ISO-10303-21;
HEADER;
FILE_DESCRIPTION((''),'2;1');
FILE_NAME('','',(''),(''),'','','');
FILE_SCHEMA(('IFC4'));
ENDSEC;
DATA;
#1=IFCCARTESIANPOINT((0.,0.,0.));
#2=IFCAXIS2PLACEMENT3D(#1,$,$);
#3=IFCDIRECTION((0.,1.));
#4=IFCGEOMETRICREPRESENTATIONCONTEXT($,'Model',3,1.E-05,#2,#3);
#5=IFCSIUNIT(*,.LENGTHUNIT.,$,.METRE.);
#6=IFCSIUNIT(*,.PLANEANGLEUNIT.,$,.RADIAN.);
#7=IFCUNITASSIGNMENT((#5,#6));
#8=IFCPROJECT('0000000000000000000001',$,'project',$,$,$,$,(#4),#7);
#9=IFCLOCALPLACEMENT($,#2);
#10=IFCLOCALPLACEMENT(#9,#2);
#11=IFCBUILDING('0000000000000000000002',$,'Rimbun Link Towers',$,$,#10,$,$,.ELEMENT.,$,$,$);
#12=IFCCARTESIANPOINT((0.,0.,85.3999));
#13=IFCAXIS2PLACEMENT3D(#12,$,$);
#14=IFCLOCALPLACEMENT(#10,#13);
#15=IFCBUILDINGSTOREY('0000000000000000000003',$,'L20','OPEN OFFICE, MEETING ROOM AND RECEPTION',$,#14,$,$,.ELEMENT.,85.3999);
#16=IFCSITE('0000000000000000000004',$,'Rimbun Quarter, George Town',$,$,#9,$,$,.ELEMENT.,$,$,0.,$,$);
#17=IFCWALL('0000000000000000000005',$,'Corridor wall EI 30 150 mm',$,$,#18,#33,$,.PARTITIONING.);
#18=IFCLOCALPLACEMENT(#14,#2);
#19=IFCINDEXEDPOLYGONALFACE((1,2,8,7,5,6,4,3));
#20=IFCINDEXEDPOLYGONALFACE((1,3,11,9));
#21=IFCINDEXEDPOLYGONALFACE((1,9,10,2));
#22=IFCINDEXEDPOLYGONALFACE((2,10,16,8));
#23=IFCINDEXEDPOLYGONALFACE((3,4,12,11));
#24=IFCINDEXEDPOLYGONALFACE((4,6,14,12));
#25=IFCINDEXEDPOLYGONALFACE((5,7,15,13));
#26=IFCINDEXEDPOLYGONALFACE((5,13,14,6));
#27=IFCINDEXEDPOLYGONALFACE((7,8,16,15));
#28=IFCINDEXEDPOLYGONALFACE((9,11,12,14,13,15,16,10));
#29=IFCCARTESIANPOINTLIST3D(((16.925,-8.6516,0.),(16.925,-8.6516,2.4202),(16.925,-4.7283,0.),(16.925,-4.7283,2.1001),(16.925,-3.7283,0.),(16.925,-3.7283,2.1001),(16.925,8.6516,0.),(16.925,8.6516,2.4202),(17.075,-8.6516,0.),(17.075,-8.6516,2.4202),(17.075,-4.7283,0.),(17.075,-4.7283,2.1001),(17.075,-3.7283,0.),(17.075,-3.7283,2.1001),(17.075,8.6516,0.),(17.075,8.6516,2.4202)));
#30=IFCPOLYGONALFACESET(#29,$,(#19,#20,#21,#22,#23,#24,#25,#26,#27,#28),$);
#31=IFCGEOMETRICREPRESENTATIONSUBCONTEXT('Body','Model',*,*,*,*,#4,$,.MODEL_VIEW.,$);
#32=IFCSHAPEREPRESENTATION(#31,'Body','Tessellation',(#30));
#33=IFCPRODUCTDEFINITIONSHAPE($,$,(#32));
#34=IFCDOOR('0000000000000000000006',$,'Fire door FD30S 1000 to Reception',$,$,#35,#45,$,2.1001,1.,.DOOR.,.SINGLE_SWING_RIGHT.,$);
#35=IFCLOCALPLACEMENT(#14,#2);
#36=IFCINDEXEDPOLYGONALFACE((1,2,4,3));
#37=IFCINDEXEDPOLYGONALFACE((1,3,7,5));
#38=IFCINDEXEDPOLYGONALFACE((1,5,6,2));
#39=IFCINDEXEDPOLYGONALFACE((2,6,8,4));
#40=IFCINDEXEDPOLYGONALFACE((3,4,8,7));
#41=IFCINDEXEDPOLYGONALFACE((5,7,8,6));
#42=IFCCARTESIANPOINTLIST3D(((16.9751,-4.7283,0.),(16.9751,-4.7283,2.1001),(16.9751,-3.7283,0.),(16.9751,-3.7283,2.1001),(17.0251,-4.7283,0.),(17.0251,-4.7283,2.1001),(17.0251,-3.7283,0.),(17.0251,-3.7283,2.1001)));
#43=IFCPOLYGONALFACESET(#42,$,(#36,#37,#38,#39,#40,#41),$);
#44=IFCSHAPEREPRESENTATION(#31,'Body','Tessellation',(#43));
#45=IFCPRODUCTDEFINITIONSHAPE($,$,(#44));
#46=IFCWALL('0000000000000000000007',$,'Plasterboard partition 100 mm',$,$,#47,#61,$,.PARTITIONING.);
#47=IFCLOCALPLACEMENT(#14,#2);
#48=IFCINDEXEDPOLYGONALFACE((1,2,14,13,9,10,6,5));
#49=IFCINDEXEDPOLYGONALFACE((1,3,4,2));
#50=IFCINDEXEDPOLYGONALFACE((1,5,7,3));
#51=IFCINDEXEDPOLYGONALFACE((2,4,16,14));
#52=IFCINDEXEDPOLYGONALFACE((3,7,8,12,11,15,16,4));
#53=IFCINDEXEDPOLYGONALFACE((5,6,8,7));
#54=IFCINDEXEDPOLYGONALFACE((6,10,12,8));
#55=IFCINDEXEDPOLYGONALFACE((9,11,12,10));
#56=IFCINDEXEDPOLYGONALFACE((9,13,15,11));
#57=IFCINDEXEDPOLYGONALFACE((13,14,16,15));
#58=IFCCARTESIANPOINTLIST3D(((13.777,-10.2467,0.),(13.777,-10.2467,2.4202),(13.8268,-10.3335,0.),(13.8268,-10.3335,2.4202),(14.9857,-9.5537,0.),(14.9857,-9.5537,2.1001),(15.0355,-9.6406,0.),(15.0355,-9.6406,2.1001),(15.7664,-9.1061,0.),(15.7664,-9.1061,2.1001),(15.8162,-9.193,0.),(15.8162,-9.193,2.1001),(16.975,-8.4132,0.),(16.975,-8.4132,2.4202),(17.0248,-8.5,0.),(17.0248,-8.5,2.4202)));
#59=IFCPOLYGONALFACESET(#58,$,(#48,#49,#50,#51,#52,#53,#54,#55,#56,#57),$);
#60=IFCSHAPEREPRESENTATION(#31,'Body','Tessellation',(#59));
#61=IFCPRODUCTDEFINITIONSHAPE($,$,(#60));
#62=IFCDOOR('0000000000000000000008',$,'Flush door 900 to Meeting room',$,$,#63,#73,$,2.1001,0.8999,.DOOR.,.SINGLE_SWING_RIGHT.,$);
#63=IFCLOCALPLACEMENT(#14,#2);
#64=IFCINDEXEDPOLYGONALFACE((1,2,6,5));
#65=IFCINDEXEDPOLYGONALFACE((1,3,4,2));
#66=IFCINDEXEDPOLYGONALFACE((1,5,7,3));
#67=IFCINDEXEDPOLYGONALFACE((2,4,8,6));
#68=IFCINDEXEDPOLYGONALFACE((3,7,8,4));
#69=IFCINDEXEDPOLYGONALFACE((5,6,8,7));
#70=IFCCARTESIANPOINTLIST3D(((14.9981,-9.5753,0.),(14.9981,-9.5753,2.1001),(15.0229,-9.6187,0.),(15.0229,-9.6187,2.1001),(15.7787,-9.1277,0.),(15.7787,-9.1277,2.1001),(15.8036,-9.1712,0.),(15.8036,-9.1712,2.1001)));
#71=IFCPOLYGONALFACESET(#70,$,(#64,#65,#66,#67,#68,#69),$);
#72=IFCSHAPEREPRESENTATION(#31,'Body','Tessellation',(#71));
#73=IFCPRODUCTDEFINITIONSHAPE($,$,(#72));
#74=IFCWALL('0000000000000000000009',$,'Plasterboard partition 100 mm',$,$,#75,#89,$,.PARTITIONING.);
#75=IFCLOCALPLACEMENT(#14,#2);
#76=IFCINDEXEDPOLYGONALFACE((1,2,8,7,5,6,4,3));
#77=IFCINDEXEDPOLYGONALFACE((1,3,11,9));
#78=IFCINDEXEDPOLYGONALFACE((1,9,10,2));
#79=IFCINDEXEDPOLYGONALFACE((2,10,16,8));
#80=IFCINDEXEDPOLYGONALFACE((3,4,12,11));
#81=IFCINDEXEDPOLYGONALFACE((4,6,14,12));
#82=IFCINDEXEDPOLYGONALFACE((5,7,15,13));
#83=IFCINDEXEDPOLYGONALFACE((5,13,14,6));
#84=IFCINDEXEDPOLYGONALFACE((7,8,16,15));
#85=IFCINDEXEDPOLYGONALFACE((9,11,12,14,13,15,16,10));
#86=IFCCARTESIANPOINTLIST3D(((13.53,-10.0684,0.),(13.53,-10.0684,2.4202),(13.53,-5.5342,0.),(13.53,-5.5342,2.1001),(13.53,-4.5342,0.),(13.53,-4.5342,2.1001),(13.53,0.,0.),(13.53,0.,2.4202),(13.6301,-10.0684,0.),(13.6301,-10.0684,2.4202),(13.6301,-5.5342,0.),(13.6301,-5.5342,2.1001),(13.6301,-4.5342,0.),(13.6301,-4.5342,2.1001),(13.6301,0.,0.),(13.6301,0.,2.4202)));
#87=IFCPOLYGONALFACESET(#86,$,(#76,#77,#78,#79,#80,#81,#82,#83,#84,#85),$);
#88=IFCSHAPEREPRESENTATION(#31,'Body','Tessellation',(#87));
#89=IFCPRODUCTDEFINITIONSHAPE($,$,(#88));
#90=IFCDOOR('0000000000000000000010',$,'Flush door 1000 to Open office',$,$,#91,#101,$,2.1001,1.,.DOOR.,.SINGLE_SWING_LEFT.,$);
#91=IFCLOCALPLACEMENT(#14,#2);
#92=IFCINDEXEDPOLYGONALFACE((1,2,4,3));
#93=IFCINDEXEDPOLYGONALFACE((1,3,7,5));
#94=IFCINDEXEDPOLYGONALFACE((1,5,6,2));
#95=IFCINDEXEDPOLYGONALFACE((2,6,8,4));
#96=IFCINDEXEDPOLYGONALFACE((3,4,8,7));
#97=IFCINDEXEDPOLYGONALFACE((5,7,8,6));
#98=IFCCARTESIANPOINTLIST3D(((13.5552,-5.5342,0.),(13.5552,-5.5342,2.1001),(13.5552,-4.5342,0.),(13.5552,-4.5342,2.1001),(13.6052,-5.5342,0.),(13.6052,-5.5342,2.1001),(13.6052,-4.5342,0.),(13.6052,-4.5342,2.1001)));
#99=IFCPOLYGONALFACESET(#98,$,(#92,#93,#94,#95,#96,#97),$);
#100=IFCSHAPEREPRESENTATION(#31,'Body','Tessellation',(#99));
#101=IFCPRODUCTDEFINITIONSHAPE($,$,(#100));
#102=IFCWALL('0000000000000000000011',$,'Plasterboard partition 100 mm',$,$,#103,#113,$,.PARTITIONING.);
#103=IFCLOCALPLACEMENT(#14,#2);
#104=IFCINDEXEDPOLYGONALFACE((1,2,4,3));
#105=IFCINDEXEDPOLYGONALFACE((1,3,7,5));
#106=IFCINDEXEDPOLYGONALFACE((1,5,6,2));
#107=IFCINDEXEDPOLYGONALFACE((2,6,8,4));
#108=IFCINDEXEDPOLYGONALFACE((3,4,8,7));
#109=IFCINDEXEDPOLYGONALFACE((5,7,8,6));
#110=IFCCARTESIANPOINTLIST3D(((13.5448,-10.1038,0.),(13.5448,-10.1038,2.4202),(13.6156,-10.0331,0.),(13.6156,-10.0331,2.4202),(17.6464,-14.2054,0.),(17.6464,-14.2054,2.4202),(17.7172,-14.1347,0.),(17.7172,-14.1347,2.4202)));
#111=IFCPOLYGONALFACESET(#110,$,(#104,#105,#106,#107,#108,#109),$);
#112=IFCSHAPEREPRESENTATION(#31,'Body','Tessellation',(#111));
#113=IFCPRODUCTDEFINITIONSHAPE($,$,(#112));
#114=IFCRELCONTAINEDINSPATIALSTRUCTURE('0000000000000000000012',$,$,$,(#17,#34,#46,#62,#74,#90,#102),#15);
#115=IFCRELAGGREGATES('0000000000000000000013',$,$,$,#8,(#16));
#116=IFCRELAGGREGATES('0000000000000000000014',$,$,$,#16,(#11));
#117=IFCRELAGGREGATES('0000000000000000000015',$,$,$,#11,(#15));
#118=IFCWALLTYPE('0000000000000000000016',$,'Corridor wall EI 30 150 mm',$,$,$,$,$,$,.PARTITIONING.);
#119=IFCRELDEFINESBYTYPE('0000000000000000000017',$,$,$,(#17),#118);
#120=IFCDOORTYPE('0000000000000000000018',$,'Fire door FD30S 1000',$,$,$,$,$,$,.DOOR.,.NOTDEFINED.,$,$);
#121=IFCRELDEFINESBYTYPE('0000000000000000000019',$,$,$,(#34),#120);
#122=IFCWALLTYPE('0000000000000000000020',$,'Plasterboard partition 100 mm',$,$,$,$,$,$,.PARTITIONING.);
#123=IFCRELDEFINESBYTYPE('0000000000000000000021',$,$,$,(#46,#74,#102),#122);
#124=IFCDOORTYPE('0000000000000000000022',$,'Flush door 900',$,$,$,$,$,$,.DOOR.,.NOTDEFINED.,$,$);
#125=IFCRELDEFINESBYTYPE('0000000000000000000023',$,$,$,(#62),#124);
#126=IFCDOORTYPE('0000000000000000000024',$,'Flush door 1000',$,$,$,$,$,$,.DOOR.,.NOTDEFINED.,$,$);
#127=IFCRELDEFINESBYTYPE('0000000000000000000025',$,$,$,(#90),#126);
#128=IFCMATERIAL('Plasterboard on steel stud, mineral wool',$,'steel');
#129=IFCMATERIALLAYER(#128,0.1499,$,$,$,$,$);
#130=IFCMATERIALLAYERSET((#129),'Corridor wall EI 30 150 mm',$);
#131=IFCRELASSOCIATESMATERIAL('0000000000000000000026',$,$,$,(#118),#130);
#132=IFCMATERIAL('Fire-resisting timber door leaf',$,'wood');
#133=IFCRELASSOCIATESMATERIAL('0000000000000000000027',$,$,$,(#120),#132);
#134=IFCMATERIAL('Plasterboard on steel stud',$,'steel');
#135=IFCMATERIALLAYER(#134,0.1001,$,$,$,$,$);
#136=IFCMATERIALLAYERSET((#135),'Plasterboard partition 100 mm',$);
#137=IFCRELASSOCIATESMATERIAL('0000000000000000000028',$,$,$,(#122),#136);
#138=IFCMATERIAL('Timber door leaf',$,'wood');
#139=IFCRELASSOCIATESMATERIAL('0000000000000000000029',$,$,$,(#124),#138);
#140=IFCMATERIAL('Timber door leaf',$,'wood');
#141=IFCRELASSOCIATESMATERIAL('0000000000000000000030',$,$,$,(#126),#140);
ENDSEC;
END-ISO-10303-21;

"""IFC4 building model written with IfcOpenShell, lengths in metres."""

from ifc_helpers import new_model, si_unit, direction, frame, frame_2d, origin, place, context, subcontext, project, spatial, rectangle, extrude, material, layer, layer_set, type_object, element, fill, save


model = new_model("IFC4")

# Units and contexts
model_context = context("Model", 3, precision=1e-05, world=origin(), true_north=direction((0.0, 1.0)))
body_context = subcontext(model_context, "Body", "Model", "MODEL_VIEW")
ifc_project = project(units=[si_unit("LENGTHUNIT", "METRE"), si_unit("PLANEANGLEUNIT", "RADIAN")], contexts=[model_context])

# Site, building, storey
site_placement = place(None, origin())
site = spatial("IfcSite", under=ifc_project, at=site_placement, Name="Rimbun Quarter, George Town", CompositionType="ELEMENT", RefElevation=0.0)
building_placement = place(site_placement, origin())
building = spatial("IfcBuilding", under=site, at=building_placement, Name="Rimbun Link Towers", CompositionType="ELEMENT")
storey_placement = place(building_placement, frame((0.0, 0.0, 85.3999)))
storey = spatial("IfcBuildingStorey", under=building, at=storey_placement, Name="L20", Description="OPEN OFFICE, MEETING ROOM AND RECEPTION", CompositionType="ELEMENT", Elevation=85.3999)

# Shared definitions
ifc_material_1 = material(Name="Plasterboard on steel stud, mineral wool", Category="steel")
ifc_layer_1 = layer(ifc_material_1, 0.1499)
ifc_layer_set_1 = layer_set([ifc_layer_1], Name="Corridor wall EI 30 150 mm")
wall_type_1 = type_object("IfcWallType", Name="Corridor wall EI 30 150 mm", PredefinedType="PARTITIONING", material=ifc_layer_set_1)

# Walls, openings, doors
wall_1_placement = place(storey_placement, frame((17.0, -8.6516, 0.0), z_axis=(0.0, 0.0, 1.0), x_axis=(0.0, 1.0, 0.0)))
wall_1 = element("IfcWall", 1, at=wall_1_placement, inside=storey, type_object=wall_type_1, Name="Corridor wall EI 30 150 mm", PredefinedType="PARTITIONING", context=body_context, shape_type="SweptSolid", body=[
    extrude(rectangle(XDim=17.3032, YDim=0.1499, at=frame_2d((8.6516, 0.0))), origin(), (0.0, 0.0, 1.0), 2.4202),
])
opening_1_placement = place(wall_1_placement, frame((3.9233, 0.0, 0.0)))
opening_1 = element("IfcOpeningElement", 2, at=opening_1_placement, cuts=wall_1, PredefinedType="OPENING", context=body_context, shape_type="SweptSolid", body=[
    extrude(rectangle(XDim=1.0, YDim=2.1001, at=frame_2d((0.5, 1.05))), frame((0.0, 0.085, 0.0), z_axis=(0.0, -1.0, 0.0), x_axis=(1.0, 0.0, 0.0)), (0.0, 0.0, 1.0), 0.1699),
])
ifc_material_2 = material(Name="Fire-resisting timber door leaf", Category="wood")
door_type_1 = type_object("IfcDoorType", Name="Fire door FD30S 1000", OperationType="NOTDEFINED", PredefinedType="DOOR", material=ifc_material_2)
door_1_placement = place(opening_1_placement, origin())
door_1 = element("IfcDoor", 3, at=door_1_placement, inside=storey, type_object=door_type_1, Name="Fire door FD30S 1000 to Reception", OperationType="SINGLE_SWING_RIGHT", OverallHeight=2.1001, OverallWidth=1.0, PredefinedType="DOOR", context=body_context, shape_type="SweptSolid", body=[
    extrude(rectangle(XDim=1.0, YDim=2.1001, at=frame_2d((0.5, 1.05))), frame((0.0, 0.0249, 0.0), z_axis=(0.0, -1.0, 0.0), x_axis=(1.0, 0.0, 0.0)), (0.0, 0.0, 1.0), 0.05),
])
fill(opening_1, door_1)
ifc_material_3 = material(Name="Plasterboard on steel stud", Category="steel")
ifc_layer_2 = layer(ifc_material_3, 0.1001)
ifc_layer_set_2 = layer_set([ifc_layer_2], Name="Plasterboard partition 100 mm")
wall_type_2 = type_object("IfcWallType", Name="Plasterboard partition 100 mm", PredefinedType="PARTITIONING", material=ifc_layer_set_2)
wall_2_placement = place(storey_placement, frame((17.0, -8.4565, 0.0), z_axis=(0.0, 0.0, 1.0), x_axis=(-0.867533, -0.497379, 0.0)))
wall_2 = element("IfcWall", 4, at=wall_2_placement, inside=storey, type_object=wall_type_2, Name="Plasterboard partition 100 mm", PredefinedType="PARTITIONING", context=body_context, shape_type="SweptSolid", body=[
    extrude(rectangle(XDim=3.6863, YDim=0.1001, at=frame_2d((1.8433, 0.0))), origin(), (0.0, 0.0, 1.0), 2.4202),
])
opening_2_placement = place(wall_2_placement, frame((1.3933, 0.0, 0.0)))
opening_2 = element("IfcOpeningElement", 5, at=opening_2_placement, cuts=wall_2, PredefinedType="OPENING", context=body_context, shape_type="SweptSolid", body=[
    extrude(rectangle(XDim=0.8999, YDim=2.1001, at=frame_2d((0.45, 1.05))), frame((0.0, 0.0601, 0.0), z_axis=(0.0, -1.0, 0.0), x_axis=(1.0, 0.0, 0.0)), (0.0, 0.0, 1.0), 0.1201),
])
ifc_material_4 = material(Name="Timber door leaf", Category="wood")
door_type_2 = type_object("IfcDoorType", Name="Flush door 900", OperationType="NOTDEFINED", PredefinedType="DOOR", material=ifc_material_4)
door_2_placement = place(opening_2_placement, origin())
door_2 = element("IfcDoor", 6, at=door_2_placement, inside=storey, type_object=door_type_2, Name="Flush door 900 to Meeting room", OperationType="SINGLE_SWING_RIGHT", OverallHeight=2.1001, OverallWidth=0.8999, PredefinedType="DOOR", context=body_context, shape_type="SweptSolid", body=[
    extrude(rectangle(XDim=0.8999, YDim=2.1001, at=frame_2d((0.45, 1.05))), frame((0.0, 0.0249, 0.0), z_axis=(0.0, -1.0, 0.0), x_axis=(1.0, 0.0, 0.0)), (0.0, 0.0, 1.0), 0.05),
])
fill(opening_2, door_2)
wall_3_placement = place(storey_placement, frame((13.5801, -10.0684, 0.0), z_axis=(0.0, 0.0, 1.0), x_axis=(0.0, 1.0, 0.0)))
wall_3 = element("IfcWall", 7, at=wall_3_placement, inside=storey, type_object=wall_type_2, Name="Plasterboard partition 100 mm", PredefinedType="PARTITIONING", context=body_context, shape_type="SweptSolid", body=[
    extrude(rectangle(XDim=10.0684, YDim=0.1001, at=frame_2d((5.0342, 0.0))), origin(), (0.0, 0.0, 1.0), 2.4202),
])
opening_3_placement = place(wall_3_placement, frame((4.5342, 0.0, 0.0)))
opening_3 = element("IfcOpeningElement", 8, at=opening_3_placement, cuts=wall_3, PredefinedType="OPENING", context=body_context, shape_type="SweptSolid", body=[
    extrude(rectangle(XDim=1.0, YDim=2.1001, at=frame_2d((0.5, 1.05))), frame((0.0, 0.0601, 0.0), z_axis=(0.0, -1.0, 0.0), x_axis=(1.0, 0.0, 0.0)), (0.0, 0.0, 1.0), 0.1201),
])
ifc_material_5 = material(Name="Timber door leaf", Category="wood")
door_type_3 = type_object("IfcDoorType", Name="Flush door 1000", OperationType="NOTDEFINED", PredefinedType="DOOR", material=ifc_material_5)
door_3_placement = place(opening_3_placement, origin())
door_3 = element("IfcDoor", 9, at=door_3_placement, inside=storey, type_object=door_type_3, Name="Flush door 1000 to Open office", OperationType="SINGLE_SWING_LEFT", OverallHeight=2.1001, OverallWidth=1.0, PredefinedType="DOOR", context=body_context, shape_type="SweptSolid", body=[
    extrude(rectangle(XDim=1.0, YDim=2.1001, at=frame_2d((0.5, 1.05))), frame((0.0, 0.0249, 0.0), z_axis=(0.0, -1.0, 0.0), x_axis=(1.0, 0.0, 0.0)), (0.0, 0.0, 1.0), 0.05),
])
fill(opening_3, door_3)

# Wall
wall_4_placement = place(storey_placement, frame((13.5801, -10.0684, 0.0), z_axis=(0.0, 0.0, 1.0), x_axis=(0.707107, -0.707107, 0.0)))
element("IfcWall", 10, at=wall_4_placement, inside=storey, type_object=wall_type_2, Name="Plasterboard partition 100 mm", PredefinedType="PARTITIONING", context=body_context, shape_type="SweptSolid", body=[
    extrude(rectangle(XDim=5.8005, YDim=0.1001, at=frame_2d((2.9004, 0.0))), origin(), (0.0, 0.0, 1.0), 2.4202),
])

save(model, "model.ifc")
